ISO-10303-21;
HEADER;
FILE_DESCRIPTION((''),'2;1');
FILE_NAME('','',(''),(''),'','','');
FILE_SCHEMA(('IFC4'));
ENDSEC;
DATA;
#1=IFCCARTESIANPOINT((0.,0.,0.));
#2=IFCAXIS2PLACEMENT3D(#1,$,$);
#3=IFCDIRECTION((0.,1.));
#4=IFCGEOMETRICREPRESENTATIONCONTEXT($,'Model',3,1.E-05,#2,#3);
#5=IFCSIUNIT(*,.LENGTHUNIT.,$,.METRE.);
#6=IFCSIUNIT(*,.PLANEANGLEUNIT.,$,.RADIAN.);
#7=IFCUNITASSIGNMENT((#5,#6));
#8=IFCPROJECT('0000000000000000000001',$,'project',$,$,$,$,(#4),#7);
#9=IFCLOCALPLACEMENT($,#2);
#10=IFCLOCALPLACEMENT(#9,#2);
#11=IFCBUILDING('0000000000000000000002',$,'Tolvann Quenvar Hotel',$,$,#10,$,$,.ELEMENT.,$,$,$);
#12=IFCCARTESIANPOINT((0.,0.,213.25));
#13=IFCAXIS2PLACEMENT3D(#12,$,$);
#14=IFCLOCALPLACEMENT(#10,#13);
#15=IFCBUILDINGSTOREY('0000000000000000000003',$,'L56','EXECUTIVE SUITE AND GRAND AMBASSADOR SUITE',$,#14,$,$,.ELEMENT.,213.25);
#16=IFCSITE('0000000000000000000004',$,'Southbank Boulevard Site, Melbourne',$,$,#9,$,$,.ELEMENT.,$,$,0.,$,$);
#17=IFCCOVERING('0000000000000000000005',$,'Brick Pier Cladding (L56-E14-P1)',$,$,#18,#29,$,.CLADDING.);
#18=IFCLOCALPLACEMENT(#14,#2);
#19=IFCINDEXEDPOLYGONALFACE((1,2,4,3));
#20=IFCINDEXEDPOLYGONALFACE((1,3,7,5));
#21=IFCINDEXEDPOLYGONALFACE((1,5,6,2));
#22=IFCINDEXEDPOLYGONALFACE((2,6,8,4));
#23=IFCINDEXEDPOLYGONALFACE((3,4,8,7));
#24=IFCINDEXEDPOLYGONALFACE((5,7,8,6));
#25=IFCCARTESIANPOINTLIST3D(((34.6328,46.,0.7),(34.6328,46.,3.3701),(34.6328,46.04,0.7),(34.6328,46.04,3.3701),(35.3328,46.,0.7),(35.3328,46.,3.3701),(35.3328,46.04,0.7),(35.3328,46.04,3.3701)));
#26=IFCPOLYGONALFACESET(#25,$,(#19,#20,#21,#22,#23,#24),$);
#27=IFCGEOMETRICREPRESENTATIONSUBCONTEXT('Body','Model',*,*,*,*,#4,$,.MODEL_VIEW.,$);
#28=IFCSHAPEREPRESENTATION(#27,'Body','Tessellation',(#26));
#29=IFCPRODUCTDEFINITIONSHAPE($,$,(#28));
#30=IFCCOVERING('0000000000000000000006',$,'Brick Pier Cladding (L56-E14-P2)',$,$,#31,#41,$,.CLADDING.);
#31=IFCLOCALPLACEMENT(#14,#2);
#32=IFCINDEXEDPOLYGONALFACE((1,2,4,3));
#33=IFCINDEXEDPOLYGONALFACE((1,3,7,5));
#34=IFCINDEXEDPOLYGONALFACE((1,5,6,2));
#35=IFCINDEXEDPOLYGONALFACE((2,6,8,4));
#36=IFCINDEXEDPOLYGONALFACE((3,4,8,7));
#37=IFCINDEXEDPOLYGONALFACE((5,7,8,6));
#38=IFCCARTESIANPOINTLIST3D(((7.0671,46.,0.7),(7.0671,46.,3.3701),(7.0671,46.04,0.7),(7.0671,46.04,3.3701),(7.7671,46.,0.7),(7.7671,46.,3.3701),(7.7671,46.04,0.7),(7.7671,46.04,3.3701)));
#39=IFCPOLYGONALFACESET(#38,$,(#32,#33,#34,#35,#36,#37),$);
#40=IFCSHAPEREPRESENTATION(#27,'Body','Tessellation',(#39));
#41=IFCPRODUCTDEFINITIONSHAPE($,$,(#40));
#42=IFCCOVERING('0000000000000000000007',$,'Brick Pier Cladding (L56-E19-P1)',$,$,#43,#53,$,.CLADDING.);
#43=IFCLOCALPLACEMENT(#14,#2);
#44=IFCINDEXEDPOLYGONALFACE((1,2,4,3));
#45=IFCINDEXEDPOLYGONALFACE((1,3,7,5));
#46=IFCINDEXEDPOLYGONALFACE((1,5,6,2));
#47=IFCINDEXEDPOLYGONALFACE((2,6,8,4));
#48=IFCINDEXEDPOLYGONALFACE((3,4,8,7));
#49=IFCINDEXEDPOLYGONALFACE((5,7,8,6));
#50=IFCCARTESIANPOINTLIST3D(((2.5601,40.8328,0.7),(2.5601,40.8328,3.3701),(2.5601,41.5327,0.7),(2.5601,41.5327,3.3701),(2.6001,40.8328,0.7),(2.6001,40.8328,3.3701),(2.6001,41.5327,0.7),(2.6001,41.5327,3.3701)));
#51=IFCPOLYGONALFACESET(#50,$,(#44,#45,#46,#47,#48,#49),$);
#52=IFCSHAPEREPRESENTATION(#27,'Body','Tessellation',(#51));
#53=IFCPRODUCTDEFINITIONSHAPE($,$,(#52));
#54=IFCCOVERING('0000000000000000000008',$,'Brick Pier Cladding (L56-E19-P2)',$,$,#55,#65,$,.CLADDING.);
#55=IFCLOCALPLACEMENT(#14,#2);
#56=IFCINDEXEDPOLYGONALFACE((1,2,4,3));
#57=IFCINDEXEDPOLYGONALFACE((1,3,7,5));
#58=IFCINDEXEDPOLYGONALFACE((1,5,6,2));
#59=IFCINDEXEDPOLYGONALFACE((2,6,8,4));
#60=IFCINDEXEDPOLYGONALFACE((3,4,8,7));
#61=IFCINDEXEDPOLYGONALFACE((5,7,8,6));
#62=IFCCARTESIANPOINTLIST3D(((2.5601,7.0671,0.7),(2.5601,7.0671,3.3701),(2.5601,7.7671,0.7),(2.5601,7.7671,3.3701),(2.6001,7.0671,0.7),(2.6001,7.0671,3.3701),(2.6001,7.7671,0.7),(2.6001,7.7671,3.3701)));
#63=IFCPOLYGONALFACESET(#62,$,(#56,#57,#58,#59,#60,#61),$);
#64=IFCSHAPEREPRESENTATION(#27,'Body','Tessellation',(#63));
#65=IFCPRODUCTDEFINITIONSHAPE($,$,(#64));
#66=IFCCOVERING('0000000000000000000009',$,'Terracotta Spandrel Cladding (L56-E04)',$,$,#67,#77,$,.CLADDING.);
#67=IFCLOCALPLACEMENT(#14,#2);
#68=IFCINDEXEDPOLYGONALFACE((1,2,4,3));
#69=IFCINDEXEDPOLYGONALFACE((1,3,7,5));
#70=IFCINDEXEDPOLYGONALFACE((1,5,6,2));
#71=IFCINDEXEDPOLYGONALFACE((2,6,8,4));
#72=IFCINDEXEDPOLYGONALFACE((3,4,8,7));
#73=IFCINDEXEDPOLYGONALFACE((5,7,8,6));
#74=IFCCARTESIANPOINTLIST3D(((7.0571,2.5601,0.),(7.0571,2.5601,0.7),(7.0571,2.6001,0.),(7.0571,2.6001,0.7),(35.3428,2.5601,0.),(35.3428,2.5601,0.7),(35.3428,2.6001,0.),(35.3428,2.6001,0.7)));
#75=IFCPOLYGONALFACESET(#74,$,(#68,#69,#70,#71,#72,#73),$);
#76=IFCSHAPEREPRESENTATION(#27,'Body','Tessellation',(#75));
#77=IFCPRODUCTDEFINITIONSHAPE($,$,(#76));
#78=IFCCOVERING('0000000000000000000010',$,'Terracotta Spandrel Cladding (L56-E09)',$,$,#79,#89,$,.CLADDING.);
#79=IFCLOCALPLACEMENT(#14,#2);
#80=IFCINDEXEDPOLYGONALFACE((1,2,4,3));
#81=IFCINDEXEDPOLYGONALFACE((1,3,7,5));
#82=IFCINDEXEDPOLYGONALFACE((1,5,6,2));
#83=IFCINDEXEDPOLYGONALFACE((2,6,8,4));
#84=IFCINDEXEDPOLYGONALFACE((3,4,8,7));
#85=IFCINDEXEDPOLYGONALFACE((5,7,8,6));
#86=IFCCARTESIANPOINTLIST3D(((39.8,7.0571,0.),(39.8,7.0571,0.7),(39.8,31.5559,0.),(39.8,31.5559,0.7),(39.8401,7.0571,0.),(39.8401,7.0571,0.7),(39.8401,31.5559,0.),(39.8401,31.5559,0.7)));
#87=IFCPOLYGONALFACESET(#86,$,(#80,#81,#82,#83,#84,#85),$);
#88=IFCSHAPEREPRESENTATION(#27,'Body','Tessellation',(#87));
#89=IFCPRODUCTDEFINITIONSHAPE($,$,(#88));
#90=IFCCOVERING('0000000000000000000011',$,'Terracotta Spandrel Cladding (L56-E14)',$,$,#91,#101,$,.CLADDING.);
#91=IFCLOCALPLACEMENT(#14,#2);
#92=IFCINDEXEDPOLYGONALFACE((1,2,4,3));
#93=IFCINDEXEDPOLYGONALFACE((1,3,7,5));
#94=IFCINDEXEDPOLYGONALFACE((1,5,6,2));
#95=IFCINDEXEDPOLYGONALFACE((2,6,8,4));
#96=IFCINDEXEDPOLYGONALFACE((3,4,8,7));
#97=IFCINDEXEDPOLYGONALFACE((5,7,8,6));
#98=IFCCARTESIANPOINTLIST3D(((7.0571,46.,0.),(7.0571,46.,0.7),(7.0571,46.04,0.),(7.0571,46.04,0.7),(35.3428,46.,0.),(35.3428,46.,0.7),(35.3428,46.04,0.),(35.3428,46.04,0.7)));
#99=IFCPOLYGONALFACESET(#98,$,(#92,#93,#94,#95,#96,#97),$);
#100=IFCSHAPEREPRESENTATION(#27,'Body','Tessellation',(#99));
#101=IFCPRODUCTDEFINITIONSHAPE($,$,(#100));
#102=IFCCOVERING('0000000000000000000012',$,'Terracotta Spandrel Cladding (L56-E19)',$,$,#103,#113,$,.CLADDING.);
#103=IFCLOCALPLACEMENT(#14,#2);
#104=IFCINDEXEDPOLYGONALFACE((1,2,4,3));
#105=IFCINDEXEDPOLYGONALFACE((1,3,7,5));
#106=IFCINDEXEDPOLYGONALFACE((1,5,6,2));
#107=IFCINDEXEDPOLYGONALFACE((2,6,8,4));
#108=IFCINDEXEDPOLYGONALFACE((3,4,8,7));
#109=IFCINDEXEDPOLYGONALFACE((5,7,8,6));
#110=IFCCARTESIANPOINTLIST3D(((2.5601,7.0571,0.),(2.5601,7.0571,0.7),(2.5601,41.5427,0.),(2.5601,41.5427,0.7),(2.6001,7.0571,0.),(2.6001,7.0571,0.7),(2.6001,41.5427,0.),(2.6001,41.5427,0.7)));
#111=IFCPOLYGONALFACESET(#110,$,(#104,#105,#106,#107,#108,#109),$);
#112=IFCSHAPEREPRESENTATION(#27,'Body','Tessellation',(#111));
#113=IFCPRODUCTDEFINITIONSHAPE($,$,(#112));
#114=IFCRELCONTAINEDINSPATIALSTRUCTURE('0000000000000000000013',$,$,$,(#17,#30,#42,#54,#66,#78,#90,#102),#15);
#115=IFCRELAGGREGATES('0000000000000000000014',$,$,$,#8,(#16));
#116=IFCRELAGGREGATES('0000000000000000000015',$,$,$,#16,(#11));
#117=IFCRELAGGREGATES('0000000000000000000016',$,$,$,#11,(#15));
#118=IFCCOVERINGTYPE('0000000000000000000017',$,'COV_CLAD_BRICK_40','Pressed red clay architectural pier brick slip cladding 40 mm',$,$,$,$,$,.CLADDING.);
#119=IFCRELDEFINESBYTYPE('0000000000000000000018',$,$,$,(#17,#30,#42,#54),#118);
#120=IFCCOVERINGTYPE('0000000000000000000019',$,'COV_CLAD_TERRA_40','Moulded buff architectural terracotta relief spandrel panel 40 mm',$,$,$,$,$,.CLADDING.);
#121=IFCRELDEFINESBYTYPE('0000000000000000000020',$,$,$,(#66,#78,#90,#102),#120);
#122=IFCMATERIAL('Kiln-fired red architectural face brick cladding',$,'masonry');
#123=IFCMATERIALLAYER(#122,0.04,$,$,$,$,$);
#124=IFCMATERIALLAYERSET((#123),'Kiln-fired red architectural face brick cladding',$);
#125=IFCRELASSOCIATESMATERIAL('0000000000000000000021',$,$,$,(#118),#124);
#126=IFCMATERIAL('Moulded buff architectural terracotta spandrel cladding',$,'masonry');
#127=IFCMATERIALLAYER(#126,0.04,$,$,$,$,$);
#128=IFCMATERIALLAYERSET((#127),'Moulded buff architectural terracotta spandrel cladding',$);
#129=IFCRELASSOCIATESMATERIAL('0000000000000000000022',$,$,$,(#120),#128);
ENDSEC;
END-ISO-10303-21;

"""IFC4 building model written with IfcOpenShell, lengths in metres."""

from ifc_helpers import new_model, si_unit, direction, frame, origin, place, context, subcontext, project, spatial, polyline, outline, extrude, material, layer, layer_set, type_object, element, save


model = new_model("IFC4")

# Units and contexts
model_context = context("Model", 3, precision=1e-05, world=origin(), true_north=direction((0.0, 1.0)))
body_context = subcontext(model_context, "Body", "Model", "MODEL_VIEW")
ifc_project = project(units=[si_unit("LENGTHUNIT", "METRE"), si_unit("PLANEANGLEUNIT", "RADIAN")], contexts=[model_context])

# Site, building, storey
site_placement = place(None, origin())
site = spatial("IfcSite", under=ifc_project, at=site_placement, Name="Southbank Boulevard Site, Melbourne", CompositionType="ELEMENT", RefElevation=0.0)
building_placement = place(site_placement, origin())
building = spatial("IfcBuilding", under=site, at=building_placement, Name="Tolvann Quenvar Hotel", CompositionType="ELEMENT")
storey_placement = place(building_placement, frame((0.0, 0.0, 213.25)))
storey = spatial("IfcBuildingStorey", under=building, at=storey_placement, Name="L56", Description="EXECUTIVE SUITE AND GRAND AMBASSADOR SUITE", CompositionType="ELEMENT", Elevation=213.25)

# Coverings
ifc_material_1 = material(Name="Kiln-fired red architectural face brick cladding", Category="masonry")
ifc_layer_1 = layer(ifc_material_1, 0.04)
ifc_layer_set_1 = layer_set([ifc_layer_1], Name="Kiln-fired red architectural face brick cladding")
covering_type_1 = type_object("IfcCoveringType", Name="COV_CLAD_BRICK_40", Description="Pressed red clay architectural pier brick slip cladding 40 mm", PredefinedType="CLADDING", material=ifc_layer_set_1)
covering_1_placement = place(storey_placement, frame((0.0, 0.0, 0.7)))
element("IfcCovering", 1, at=covering_1_placement, inside=storey, type_object=covering_type_1, Name="Brick Pier Cladding (L56-E14-P1)", PredefinedType="CLADDING", context=body_context, shape_type="SweptSolid", body=[
    extrude(outline(polyline([(35.3328, 46.0), (34.6328, 46.0), (34.6328, 46.04), (35.3328, 46.04), (35.3328, 46.0)])), origin(), (0.0, 0.0, 1.0), 2.6702),
])
covering_2_placement = place(storey_placement, frame((0.0, 0.0, 0.7)))
element("IfcCovering", 2, at=covering_2_placement, inside=storey, type_object=covering_type_1, Name="Brick Pier Cladding (L56-E14-P2)", PredefinedType="CLADDING", context=body_context, shape_type="SweptSolid", body=[
    extrude(outline(polyline([(7.7671, 46.0), (7.0671, 46.0), (7.0671, 46.04), (7.7671, 46.04), (7.7671, 46.0)])), origin(), (0.0, 0.0, 1.0), 2.6702),
])
covering_3_placement = place(storey_placement, frame((0.0, 0.0, 0.7)))
element("IfcCovering", 3, at=covering_3_placement, inside=storey, type_object=covering_type_1, Name="Brick Pier Cladding (L56-E19-P1)", PredefinedType="CLADDING", context=body_context, shape_type="SweptSolid", body=[
    extrude(outline(polyline([(2.6001, 41.5327), (2.6001, 40.8328), (2.5601, 40.8328), (2.5601, 41.5327), (2.6001, 41.5327)])), origin(), (0.0, 0.0, 1.0), 2.6702),
])
covering_4_placement = place(storey_placement, frame((0.0, 0.0, 0.7)))
element("IfcCovering", 4, at=covering_4_placement, inside=storey, type_object=covering_type_1, Name="Brick Pier Cladding (L56-E19-P2)", PredefinedType="CLADDING", context=body_context, shape_type="SweptSolid", body=[
    extrude(outline(polyline([(2.6001, 7.7671), (2.6001, 7.0671), (2.5601, 7.0671), (2.5601, 7.7671), (2.6001, 7.7671)])), origin(), (0.0, 0.0, 1.0), 2.6702),
])
ifc_material_2 = material(Name="Moulded buff architectural terracotta spandrel cladding", Category="masonry")
ifc_layer_2 = layer(ifc_material_2, 0.04)
ifc_layer_set_2 = layer_set([ifc_layer_2], Name="Moulded buff architectural terracotta spandrel cladding")
covering_type_2 = type_object("IfcCoveringType", Name="COV_CLAD_TERRA_40", Description="Moulded buff architectural terracotta relief spandrel panel 40 mm", PredefinedType="CLADDING", material=ifc_layer_set_2)
covering_5_placement = place(storey_placement, origin())
element("IfcCovering", 5, at=covering_5_placement, inside=storey, type_object=covering_type_2, Name="Terracotta Spandrel Cladding (L56-E04)", PredefinedType="CLADDING", context=body_context, shape_type="SweptSolid", body=[
    extrude(outline(polyline([(7.0571, 2.6001), (35.3428, 2.6001), (35.3428, 2.5601), (7.0571, 2.5601), (7.0571, 2.6001)])), origin(), (0.0, 0.0, 1.0), 0.7),
])
covering_6_placement = place(storey_placement, origin())
element("IfcCovering", 6, at=covering_6_placement, inside=storey, type_object=covering_type_2, Name="Terracotta Spandrel Cladding (L56-E09)", PredefinedType="CLADDING", context=body_context, shape_type="SweptSolid", body=[
    extrude(outline(polyline([(39.8, 7.0571), (39.8, 31.5559), (39.8401, 31.5559), (39.8401, 7.0571), (39.8, 7.0571)])), origin(), (0.0, 0.0, 1.0), 0.7),
])
covering_7_placement = place(storey_placement, origin())
element("IfcCovering", 7, at=covering_7_placement, inside=storey, type_object=covering_type_2, Name="Terracotta Spandrel Cladding (L56-E14)", PredefinedType="CLADDING", context=body_context, shape_type="SweptSolid", body=[
    extrude(outline(polyline([(35.3428, 46.0), (7.0571, 46.0), (7.0571, 46.04), (35.3428, 46.04), (35.3428, 46.0)])), origin(), (0.0, 0.0, 1.0), 0.7),
])
covering_8_placement = place(storey_placement, origin())
element("IfcCovering", 8, at=covering_8_placement, inside=storey, type_object=covering_type_2, Name="Terracotta Spandrel Cladding (L56-E19)", PredefinedType="CLADDING", context=body_context, shape_type="SweptSolid", body=[
    extrude(outline(polyline([(2.6001, 41.5427), (2.6001, 7.0571), (2.5601, 7.0571), (2.5601, 41.5427), (2.6001, 41.5427)])), origin(), (0.0, 0.0, 1.0), 0.7),
])

save(model, "model.ifc")
